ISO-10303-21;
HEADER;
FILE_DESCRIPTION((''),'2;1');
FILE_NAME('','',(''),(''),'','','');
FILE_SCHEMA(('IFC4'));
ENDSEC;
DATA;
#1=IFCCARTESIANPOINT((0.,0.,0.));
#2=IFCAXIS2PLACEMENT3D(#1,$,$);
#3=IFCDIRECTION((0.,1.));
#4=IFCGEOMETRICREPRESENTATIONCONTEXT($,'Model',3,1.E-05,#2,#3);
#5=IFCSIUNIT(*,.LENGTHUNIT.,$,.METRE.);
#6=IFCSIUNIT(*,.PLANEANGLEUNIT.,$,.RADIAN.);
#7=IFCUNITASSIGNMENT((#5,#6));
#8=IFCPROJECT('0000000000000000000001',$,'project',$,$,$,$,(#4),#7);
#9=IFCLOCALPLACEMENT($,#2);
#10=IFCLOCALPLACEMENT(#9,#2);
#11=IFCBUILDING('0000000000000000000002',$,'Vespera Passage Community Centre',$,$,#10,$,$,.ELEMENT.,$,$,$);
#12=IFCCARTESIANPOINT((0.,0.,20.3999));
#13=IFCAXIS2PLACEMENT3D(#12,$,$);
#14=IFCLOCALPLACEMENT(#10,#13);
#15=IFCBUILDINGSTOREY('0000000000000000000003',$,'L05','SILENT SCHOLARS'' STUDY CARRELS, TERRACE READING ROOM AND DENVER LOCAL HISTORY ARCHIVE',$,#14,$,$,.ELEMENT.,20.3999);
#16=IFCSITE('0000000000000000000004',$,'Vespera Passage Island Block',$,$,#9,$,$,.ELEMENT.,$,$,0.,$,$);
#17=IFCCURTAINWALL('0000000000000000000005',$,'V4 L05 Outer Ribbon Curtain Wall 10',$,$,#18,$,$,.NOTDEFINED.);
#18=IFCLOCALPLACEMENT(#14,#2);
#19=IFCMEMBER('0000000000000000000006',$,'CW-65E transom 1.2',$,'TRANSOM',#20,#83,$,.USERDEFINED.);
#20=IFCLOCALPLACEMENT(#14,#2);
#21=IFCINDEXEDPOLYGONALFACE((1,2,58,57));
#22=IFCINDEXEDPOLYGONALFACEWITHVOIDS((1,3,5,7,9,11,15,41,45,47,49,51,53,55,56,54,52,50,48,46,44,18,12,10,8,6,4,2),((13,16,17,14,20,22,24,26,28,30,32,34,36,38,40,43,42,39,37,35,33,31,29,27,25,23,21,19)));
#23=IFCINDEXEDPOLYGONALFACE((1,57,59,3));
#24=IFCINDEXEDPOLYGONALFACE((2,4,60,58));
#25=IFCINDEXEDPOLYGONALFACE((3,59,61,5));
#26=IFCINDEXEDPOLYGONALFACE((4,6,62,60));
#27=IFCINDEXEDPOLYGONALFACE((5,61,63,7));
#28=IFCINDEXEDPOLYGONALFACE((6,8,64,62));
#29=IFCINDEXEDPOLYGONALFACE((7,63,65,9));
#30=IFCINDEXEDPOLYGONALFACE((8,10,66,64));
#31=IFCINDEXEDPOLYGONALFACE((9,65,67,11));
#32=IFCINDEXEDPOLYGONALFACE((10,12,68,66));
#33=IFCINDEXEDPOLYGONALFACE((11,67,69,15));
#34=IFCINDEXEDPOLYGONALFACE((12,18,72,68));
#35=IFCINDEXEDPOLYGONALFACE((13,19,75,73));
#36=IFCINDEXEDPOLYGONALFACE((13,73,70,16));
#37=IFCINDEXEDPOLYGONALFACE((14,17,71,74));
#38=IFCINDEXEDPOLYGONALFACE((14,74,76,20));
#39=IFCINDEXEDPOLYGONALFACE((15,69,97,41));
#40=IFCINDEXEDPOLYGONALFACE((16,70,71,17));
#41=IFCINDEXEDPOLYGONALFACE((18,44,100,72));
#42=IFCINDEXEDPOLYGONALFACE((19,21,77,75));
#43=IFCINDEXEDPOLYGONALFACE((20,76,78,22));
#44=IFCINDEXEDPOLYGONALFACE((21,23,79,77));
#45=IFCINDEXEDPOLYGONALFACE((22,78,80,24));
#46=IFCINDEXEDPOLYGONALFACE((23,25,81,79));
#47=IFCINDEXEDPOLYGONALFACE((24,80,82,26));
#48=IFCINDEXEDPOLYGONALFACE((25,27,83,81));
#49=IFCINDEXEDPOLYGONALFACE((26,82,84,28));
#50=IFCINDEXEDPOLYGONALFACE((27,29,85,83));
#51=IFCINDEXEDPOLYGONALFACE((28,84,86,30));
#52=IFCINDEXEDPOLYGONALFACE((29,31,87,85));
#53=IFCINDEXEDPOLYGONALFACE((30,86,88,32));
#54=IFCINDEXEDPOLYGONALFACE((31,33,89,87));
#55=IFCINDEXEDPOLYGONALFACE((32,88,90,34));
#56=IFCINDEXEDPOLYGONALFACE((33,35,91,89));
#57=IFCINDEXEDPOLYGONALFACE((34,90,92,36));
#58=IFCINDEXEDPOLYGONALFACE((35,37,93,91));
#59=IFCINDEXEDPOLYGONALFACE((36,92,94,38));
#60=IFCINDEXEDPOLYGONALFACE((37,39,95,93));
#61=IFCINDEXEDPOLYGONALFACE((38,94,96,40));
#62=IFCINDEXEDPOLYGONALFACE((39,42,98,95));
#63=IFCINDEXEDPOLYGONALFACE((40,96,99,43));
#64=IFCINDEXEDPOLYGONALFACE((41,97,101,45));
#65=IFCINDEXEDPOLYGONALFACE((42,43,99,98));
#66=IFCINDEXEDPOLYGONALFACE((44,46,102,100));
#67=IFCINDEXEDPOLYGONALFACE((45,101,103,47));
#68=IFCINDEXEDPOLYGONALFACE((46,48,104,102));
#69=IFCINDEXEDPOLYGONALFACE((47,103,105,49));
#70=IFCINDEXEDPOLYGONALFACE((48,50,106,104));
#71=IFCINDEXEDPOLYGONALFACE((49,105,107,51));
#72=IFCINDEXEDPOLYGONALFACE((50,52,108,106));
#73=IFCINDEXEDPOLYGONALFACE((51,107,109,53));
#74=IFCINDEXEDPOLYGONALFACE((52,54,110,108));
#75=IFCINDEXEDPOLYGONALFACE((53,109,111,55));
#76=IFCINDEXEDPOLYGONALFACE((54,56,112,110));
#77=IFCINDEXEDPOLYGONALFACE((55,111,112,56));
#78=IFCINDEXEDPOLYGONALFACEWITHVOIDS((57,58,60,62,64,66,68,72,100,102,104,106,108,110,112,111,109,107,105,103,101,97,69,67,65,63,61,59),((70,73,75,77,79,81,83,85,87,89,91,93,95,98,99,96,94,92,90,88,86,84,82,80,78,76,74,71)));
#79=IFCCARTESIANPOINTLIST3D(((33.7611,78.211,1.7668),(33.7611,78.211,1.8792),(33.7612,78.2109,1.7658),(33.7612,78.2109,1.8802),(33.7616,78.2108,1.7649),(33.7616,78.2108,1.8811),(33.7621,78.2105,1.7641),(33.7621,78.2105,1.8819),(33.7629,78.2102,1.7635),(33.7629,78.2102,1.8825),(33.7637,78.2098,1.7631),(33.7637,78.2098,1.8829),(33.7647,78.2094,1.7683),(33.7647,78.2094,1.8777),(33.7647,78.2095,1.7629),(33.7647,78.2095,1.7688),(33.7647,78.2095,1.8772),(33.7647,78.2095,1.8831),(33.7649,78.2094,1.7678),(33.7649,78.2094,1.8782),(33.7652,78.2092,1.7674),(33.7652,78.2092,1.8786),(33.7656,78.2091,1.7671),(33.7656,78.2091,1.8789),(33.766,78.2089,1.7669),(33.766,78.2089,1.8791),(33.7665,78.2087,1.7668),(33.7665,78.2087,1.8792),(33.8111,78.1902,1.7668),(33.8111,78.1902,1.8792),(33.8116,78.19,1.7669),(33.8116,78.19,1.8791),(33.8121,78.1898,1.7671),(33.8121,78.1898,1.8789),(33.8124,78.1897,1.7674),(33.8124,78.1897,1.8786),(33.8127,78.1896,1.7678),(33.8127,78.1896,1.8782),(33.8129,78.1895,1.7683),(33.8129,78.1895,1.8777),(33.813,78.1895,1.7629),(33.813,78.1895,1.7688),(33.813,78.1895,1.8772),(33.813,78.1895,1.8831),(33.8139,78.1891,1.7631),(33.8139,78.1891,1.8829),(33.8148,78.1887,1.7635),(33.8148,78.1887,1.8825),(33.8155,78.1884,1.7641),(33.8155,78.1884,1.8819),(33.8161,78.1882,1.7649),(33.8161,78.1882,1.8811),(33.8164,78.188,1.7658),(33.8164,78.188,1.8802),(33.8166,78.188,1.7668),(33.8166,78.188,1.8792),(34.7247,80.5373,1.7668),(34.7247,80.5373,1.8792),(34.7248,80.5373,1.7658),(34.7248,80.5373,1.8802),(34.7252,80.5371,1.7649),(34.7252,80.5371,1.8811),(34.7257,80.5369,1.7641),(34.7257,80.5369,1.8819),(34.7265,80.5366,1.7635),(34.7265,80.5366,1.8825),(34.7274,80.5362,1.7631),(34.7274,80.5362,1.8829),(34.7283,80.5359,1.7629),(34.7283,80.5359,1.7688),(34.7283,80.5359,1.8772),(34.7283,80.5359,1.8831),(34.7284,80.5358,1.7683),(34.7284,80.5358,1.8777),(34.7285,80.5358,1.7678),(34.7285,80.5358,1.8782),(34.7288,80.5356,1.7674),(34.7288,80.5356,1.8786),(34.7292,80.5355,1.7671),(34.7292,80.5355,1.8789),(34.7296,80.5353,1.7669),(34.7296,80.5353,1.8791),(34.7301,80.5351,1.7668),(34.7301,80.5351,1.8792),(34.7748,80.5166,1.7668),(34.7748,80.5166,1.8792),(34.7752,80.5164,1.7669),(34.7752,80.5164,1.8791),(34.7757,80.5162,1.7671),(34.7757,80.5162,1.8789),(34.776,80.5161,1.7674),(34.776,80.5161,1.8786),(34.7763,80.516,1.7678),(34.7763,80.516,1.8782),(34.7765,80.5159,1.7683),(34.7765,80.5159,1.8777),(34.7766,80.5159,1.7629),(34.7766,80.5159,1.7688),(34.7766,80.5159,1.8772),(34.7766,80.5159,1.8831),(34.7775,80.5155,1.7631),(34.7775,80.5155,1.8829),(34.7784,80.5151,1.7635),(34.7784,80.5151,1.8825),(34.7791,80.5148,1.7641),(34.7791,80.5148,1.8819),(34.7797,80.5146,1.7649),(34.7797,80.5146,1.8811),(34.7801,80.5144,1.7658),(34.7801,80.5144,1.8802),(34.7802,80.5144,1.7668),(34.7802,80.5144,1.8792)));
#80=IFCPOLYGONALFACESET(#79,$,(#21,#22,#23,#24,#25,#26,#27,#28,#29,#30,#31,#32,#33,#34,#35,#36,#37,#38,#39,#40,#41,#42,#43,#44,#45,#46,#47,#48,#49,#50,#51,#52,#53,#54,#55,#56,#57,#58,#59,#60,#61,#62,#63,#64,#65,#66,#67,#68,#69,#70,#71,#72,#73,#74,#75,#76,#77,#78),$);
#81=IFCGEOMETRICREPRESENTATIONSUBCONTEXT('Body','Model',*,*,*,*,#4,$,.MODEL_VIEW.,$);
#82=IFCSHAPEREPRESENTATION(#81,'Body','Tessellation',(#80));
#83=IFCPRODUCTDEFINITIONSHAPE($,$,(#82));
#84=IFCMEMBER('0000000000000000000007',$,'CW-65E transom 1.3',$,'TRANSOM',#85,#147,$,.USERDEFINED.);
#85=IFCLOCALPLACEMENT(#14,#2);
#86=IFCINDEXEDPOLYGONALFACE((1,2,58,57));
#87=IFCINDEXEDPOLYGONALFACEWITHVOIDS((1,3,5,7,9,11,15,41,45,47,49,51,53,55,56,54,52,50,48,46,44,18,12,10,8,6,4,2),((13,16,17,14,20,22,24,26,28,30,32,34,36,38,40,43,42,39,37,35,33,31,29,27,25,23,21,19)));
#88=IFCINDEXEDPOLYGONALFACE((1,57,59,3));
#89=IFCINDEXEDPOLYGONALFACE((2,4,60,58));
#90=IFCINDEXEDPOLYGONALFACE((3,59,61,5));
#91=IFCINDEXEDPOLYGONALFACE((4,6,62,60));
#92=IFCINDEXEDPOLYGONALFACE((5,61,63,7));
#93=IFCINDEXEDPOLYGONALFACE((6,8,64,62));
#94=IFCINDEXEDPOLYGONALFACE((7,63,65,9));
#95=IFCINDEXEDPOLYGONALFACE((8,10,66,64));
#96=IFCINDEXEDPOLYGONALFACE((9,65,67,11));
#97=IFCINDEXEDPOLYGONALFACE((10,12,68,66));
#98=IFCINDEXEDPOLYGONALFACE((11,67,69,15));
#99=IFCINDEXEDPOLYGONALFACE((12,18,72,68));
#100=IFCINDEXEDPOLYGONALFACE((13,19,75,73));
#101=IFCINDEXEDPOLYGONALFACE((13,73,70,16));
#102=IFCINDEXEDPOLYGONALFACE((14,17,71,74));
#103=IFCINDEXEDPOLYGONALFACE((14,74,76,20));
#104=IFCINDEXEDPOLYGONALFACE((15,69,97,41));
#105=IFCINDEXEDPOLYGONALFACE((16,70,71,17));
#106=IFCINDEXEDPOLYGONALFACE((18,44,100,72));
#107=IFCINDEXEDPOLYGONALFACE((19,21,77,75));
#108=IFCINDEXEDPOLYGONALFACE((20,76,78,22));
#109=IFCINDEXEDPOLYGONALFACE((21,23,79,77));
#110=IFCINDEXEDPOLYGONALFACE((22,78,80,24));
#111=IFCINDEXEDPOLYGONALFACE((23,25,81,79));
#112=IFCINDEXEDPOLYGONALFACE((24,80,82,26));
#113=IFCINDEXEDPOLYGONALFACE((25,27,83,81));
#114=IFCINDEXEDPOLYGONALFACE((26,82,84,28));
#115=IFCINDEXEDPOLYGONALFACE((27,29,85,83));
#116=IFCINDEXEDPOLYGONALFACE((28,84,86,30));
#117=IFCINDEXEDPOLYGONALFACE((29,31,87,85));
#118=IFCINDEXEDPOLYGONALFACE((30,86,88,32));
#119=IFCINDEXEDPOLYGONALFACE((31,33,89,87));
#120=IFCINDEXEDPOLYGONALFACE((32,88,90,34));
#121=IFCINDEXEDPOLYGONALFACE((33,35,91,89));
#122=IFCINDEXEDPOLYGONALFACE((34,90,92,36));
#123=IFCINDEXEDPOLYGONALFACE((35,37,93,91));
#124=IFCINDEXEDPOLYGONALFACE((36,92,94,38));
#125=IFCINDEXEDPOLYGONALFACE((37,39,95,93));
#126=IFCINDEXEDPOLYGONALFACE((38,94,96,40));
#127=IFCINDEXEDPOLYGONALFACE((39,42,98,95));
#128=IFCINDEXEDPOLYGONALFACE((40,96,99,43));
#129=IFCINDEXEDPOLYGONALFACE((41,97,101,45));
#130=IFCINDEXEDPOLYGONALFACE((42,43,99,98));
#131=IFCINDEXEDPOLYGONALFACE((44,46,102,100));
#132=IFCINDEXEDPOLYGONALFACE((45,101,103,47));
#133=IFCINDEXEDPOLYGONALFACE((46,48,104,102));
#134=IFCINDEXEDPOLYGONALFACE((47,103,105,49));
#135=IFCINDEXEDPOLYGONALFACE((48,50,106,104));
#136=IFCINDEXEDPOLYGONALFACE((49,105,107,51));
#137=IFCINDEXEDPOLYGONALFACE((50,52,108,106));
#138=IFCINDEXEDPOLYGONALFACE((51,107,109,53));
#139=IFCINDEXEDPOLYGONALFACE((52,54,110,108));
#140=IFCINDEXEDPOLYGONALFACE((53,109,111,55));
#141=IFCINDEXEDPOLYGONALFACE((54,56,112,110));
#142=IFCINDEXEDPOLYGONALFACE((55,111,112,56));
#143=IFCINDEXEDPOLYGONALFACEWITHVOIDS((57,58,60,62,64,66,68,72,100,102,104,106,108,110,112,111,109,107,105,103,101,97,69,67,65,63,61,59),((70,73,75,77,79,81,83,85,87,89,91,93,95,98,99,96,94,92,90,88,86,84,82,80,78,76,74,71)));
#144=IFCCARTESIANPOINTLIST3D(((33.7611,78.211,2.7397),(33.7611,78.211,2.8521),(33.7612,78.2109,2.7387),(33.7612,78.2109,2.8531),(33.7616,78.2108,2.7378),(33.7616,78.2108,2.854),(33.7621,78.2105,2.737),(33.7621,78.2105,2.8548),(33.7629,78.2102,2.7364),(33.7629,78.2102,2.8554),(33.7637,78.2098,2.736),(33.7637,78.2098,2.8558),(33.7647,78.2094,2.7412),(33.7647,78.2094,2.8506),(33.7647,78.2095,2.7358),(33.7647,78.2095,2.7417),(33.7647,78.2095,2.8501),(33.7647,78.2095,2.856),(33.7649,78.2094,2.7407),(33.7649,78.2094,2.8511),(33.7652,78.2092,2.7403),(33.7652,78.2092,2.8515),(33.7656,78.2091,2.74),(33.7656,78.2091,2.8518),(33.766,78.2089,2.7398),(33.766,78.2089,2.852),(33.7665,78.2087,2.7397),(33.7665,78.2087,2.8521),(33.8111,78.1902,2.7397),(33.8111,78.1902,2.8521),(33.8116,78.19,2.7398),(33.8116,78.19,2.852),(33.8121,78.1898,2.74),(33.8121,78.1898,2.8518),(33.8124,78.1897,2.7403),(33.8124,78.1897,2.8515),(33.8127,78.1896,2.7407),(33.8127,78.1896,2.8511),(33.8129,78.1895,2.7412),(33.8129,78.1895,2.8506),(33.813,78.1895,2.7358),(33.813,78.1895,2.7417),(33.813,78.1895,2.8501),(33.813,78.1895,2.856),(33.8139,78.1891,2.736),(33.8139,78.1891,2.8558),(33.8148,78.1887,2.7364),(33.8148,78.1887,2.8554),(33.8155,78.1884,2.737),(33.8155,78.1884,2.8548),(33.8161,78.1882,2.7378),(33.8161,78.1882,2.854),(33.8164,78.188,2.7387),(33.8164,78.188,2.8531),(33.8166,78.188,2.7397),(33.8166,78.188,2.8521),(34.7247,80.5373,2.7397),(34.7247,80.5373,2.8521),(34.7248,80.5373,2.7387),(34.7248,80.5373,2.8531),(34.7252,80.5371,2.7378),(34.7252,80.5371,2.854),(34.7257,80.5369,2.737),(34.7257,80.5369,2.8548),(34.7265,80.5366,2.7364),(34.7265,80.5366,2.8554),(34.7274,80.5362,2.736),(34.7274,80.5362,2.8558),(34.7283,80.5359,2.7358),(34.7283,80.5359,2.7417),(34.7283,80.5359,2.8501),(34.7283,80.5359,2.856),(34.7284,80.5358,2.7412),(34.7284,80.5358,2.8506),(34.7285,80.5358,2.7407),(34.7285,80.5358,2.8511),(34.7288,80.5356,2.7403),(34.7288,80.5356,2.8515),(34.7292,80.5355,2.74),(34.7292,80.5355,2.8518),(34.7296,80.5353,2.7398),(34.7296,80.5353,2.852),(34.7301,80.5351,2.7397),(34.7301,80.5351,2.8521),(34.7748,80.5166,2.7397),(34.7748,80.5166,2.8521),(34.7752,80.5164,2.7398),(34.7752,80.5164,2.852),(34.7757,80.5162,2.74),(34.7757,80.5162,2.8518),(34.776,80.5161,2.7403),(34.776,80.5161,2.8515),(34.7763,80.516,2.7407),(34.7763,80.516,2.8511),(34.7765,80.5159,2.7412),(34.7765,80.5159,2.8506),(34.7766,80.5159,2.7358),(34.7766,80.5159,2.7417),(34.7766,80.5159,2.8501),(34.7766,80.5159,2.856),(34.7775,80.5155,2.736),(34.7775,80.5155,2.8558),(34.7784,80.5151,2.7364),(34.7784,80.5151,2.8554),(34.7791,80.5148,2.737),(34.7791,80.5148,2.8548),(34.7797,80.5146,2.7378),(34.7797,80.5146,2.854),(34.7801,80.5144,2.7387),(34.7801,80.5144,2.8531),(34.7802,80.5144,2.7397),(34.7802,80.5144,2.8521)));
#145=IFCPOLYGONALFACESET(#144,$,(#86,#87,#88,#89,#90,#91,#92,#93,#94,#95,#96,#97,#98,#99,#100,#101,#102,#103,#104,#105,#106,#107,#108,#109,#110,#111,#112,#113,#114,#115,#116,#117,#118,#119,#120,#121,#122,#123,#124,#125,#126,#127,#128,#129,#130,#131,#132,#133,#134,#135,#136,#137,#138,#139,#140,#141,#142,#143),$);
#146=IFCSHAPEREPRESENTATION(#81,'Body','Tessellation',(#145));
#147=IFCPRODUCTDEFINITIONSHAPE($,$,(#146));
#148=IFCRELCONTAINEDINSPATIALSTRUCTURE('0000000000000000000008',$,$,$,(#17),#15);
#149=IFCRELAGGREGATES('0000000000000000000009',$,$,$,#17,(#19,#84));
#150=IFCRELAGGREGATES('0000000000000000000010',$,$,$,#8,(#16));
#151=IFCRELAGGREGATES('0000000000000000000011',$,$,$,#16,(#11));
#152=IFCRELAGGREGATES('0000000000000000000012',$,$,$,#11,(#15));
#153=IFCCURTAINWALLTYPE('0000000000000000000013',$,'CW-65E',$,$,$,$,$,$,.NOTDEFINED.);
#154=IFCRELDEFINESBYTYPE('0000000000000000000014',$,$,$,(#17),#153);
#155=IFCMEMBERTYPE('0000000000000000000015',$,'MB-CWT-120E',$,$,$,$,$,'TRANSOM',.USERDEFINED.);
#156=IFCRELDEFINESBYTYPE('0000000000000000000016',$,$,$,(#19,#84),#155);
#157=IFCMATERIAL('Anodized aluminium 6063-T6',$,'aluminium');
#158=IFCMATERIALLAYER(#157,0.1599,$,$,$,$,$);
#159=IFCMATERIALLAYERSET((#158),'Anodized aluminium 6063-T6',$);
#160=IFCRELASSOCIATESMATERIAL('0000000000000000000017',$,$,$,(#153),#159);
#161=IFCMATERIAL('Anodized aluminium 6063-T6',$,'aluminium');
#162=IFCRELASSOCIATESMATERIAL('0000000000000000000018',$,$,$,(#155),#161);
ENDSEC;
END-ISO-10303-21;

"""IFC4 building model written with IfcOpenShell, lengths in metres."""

from ifc_helpers import new_model, si_unit, direction, frame, origin, origin_2d, place, context, subcontext, project, spatial, hollow_rectangle, extrude, material, layer, layer_set, material_profile, profile_set, type_object, element, aggregate, save


model = new_model("IFC4")

# Units and contexts
model_context = context("Model", 3, precision=1e-05, world=origin(), true_north=direction((0.0, 1.0)))
body_context = subcontext(model_context, "Body", "Model", "MODEL_VIEW")
ifc_project = project(units=[si_unit("LENGTHUNIT", "METRE"), si_unit("PLANEANGLEUNIT", "RADIAN")], contexts=[model_context])

# Site, building, storey
site_placement = place(None, origin())
site = spatial("IfcSite", under=ifc_project, at=site_placement, Name="Vespera Passage Island Block", CompositionType="ELEMENT", RefElevation=0.0)
building_placement = place(site_placement, origin())
building = spatial("IfcBuilding", under=site, at=building_placement, Name="Vespera Passage Community Centre", CompositionType="ELEMENT")
storey_placement = place(building_placement, frame((0.0, 0.0, 20.3999)))
storey = spatial("IfcBuildingStorey", under=building, at=storey_placement, Name="L05", Description="SILENT SCHOLARS' STUDY CARRELS, TERRACE READING ROOM AND DENVER LOCAL HISTORY ARCHIVE", CompositionType="ELEMENT", Elevation=20.3999)

# Curtain wall
ifc_material_1 = material(Name="Anodized aluminium 6063-T6", Category="aluminium")
ifc_layer_1 = layer(ifc_material_1, 0.1599)
ifc_layer_set_1 = layer_set([ifc_layer_1], Name="Anodized aluminium 6063-T6")
curtain_wall_type_1 = type_object("IfcCurtainWallType", Name="CW-65E", PredefinedType="NOTDEFINED", material=ifc_layer_set_1)
curtain_wall_1_placement = place(storey_placement, origin())
curtain_wall_1 = element("IfcCurtainWall", 1, at=curtain_wall_1_placement, inside=storey, type_object=curtain_wall_type_1, Name="V4 L05 Outer Ribbon Curtain Wall 10", PredefinedType="NOTDEFINED")

# Members
ifc_material_2 = material(Name="Anodized aluminium 6063-T6", Category="aluminium")
ifc_material_profile_1 = material_profile(ifc_material_2, hollow_rectangle(XDim=0.0601, YDim=0.1201, WallThickness=0.0039, InnerFilletRadius=0.002, OuterFilletRadius=0.0039, at=origin_2d()), Name="ALU120X60X4")
ifc_profile_set_1 = profile_set([ifc_material_profile_1], Name="Anodized aluminium 6063-T6")
member_type_1 = type_object("IfcMemberType", Name="MB-CWT-120E", ElementType="TRANSOM", PredefinedType="USERDEFINED", material=ifc_profile_set_1)
member_1_placement = place(storey_placement, frame((33.7888, 78.1995, 1.823), z_axis=(0.38268, 0.923881, 0.0), x_axis=(-0.923881, 0.38268, 0.0)))
member_1 = element("IfcMember", 2, at=member_1_placement, type_object=member_type_1, Name="CW-65E transom 1.2", ObjectType="TRANSOM", PredefinedType="USERDEFINED", context=body_context, shape_type="SweptSolid", body=[
    extrude(hollow_rectangle(XDim=0.0601, YDim=0.1201, WallThickness=0.0039, InnerFilletRadius=0.002, OuterFilletRadius=0.0039, at=origin_2d()), origin(), (0.0, 0.0, 1.0), 2.5181),
])
member_2_placement = place(storey_placement, frame((33.7888, 78.1995, 2.7959), z_axis=(0.38268, 0.923881, 0.0), x_axis=(-0.923881, 0.38268, 0.0)))
member_2 = element("IfcMember", 3, at=member_2_placement, type_object=member_type_1, Name="CW-65E transom 1.3", ObjectType="TRANSOM", PredefinedType="USERDEFINED", context=body_context, shape_type="SweptSolid", body=[
    extrude(hollow_rectangle(XDim=0.0601, YDim=0.1201, WallThickness=0.0039, InnerFilletRadius=0.002, OuterFilletRadius=0.0039, at=origin_2d()), origin(), (0.0, 0.0, 1.0), 2.5181),
])

aggregate(curtain_wall_1, [member_1, member_2])

save(model, "model.ifc")
